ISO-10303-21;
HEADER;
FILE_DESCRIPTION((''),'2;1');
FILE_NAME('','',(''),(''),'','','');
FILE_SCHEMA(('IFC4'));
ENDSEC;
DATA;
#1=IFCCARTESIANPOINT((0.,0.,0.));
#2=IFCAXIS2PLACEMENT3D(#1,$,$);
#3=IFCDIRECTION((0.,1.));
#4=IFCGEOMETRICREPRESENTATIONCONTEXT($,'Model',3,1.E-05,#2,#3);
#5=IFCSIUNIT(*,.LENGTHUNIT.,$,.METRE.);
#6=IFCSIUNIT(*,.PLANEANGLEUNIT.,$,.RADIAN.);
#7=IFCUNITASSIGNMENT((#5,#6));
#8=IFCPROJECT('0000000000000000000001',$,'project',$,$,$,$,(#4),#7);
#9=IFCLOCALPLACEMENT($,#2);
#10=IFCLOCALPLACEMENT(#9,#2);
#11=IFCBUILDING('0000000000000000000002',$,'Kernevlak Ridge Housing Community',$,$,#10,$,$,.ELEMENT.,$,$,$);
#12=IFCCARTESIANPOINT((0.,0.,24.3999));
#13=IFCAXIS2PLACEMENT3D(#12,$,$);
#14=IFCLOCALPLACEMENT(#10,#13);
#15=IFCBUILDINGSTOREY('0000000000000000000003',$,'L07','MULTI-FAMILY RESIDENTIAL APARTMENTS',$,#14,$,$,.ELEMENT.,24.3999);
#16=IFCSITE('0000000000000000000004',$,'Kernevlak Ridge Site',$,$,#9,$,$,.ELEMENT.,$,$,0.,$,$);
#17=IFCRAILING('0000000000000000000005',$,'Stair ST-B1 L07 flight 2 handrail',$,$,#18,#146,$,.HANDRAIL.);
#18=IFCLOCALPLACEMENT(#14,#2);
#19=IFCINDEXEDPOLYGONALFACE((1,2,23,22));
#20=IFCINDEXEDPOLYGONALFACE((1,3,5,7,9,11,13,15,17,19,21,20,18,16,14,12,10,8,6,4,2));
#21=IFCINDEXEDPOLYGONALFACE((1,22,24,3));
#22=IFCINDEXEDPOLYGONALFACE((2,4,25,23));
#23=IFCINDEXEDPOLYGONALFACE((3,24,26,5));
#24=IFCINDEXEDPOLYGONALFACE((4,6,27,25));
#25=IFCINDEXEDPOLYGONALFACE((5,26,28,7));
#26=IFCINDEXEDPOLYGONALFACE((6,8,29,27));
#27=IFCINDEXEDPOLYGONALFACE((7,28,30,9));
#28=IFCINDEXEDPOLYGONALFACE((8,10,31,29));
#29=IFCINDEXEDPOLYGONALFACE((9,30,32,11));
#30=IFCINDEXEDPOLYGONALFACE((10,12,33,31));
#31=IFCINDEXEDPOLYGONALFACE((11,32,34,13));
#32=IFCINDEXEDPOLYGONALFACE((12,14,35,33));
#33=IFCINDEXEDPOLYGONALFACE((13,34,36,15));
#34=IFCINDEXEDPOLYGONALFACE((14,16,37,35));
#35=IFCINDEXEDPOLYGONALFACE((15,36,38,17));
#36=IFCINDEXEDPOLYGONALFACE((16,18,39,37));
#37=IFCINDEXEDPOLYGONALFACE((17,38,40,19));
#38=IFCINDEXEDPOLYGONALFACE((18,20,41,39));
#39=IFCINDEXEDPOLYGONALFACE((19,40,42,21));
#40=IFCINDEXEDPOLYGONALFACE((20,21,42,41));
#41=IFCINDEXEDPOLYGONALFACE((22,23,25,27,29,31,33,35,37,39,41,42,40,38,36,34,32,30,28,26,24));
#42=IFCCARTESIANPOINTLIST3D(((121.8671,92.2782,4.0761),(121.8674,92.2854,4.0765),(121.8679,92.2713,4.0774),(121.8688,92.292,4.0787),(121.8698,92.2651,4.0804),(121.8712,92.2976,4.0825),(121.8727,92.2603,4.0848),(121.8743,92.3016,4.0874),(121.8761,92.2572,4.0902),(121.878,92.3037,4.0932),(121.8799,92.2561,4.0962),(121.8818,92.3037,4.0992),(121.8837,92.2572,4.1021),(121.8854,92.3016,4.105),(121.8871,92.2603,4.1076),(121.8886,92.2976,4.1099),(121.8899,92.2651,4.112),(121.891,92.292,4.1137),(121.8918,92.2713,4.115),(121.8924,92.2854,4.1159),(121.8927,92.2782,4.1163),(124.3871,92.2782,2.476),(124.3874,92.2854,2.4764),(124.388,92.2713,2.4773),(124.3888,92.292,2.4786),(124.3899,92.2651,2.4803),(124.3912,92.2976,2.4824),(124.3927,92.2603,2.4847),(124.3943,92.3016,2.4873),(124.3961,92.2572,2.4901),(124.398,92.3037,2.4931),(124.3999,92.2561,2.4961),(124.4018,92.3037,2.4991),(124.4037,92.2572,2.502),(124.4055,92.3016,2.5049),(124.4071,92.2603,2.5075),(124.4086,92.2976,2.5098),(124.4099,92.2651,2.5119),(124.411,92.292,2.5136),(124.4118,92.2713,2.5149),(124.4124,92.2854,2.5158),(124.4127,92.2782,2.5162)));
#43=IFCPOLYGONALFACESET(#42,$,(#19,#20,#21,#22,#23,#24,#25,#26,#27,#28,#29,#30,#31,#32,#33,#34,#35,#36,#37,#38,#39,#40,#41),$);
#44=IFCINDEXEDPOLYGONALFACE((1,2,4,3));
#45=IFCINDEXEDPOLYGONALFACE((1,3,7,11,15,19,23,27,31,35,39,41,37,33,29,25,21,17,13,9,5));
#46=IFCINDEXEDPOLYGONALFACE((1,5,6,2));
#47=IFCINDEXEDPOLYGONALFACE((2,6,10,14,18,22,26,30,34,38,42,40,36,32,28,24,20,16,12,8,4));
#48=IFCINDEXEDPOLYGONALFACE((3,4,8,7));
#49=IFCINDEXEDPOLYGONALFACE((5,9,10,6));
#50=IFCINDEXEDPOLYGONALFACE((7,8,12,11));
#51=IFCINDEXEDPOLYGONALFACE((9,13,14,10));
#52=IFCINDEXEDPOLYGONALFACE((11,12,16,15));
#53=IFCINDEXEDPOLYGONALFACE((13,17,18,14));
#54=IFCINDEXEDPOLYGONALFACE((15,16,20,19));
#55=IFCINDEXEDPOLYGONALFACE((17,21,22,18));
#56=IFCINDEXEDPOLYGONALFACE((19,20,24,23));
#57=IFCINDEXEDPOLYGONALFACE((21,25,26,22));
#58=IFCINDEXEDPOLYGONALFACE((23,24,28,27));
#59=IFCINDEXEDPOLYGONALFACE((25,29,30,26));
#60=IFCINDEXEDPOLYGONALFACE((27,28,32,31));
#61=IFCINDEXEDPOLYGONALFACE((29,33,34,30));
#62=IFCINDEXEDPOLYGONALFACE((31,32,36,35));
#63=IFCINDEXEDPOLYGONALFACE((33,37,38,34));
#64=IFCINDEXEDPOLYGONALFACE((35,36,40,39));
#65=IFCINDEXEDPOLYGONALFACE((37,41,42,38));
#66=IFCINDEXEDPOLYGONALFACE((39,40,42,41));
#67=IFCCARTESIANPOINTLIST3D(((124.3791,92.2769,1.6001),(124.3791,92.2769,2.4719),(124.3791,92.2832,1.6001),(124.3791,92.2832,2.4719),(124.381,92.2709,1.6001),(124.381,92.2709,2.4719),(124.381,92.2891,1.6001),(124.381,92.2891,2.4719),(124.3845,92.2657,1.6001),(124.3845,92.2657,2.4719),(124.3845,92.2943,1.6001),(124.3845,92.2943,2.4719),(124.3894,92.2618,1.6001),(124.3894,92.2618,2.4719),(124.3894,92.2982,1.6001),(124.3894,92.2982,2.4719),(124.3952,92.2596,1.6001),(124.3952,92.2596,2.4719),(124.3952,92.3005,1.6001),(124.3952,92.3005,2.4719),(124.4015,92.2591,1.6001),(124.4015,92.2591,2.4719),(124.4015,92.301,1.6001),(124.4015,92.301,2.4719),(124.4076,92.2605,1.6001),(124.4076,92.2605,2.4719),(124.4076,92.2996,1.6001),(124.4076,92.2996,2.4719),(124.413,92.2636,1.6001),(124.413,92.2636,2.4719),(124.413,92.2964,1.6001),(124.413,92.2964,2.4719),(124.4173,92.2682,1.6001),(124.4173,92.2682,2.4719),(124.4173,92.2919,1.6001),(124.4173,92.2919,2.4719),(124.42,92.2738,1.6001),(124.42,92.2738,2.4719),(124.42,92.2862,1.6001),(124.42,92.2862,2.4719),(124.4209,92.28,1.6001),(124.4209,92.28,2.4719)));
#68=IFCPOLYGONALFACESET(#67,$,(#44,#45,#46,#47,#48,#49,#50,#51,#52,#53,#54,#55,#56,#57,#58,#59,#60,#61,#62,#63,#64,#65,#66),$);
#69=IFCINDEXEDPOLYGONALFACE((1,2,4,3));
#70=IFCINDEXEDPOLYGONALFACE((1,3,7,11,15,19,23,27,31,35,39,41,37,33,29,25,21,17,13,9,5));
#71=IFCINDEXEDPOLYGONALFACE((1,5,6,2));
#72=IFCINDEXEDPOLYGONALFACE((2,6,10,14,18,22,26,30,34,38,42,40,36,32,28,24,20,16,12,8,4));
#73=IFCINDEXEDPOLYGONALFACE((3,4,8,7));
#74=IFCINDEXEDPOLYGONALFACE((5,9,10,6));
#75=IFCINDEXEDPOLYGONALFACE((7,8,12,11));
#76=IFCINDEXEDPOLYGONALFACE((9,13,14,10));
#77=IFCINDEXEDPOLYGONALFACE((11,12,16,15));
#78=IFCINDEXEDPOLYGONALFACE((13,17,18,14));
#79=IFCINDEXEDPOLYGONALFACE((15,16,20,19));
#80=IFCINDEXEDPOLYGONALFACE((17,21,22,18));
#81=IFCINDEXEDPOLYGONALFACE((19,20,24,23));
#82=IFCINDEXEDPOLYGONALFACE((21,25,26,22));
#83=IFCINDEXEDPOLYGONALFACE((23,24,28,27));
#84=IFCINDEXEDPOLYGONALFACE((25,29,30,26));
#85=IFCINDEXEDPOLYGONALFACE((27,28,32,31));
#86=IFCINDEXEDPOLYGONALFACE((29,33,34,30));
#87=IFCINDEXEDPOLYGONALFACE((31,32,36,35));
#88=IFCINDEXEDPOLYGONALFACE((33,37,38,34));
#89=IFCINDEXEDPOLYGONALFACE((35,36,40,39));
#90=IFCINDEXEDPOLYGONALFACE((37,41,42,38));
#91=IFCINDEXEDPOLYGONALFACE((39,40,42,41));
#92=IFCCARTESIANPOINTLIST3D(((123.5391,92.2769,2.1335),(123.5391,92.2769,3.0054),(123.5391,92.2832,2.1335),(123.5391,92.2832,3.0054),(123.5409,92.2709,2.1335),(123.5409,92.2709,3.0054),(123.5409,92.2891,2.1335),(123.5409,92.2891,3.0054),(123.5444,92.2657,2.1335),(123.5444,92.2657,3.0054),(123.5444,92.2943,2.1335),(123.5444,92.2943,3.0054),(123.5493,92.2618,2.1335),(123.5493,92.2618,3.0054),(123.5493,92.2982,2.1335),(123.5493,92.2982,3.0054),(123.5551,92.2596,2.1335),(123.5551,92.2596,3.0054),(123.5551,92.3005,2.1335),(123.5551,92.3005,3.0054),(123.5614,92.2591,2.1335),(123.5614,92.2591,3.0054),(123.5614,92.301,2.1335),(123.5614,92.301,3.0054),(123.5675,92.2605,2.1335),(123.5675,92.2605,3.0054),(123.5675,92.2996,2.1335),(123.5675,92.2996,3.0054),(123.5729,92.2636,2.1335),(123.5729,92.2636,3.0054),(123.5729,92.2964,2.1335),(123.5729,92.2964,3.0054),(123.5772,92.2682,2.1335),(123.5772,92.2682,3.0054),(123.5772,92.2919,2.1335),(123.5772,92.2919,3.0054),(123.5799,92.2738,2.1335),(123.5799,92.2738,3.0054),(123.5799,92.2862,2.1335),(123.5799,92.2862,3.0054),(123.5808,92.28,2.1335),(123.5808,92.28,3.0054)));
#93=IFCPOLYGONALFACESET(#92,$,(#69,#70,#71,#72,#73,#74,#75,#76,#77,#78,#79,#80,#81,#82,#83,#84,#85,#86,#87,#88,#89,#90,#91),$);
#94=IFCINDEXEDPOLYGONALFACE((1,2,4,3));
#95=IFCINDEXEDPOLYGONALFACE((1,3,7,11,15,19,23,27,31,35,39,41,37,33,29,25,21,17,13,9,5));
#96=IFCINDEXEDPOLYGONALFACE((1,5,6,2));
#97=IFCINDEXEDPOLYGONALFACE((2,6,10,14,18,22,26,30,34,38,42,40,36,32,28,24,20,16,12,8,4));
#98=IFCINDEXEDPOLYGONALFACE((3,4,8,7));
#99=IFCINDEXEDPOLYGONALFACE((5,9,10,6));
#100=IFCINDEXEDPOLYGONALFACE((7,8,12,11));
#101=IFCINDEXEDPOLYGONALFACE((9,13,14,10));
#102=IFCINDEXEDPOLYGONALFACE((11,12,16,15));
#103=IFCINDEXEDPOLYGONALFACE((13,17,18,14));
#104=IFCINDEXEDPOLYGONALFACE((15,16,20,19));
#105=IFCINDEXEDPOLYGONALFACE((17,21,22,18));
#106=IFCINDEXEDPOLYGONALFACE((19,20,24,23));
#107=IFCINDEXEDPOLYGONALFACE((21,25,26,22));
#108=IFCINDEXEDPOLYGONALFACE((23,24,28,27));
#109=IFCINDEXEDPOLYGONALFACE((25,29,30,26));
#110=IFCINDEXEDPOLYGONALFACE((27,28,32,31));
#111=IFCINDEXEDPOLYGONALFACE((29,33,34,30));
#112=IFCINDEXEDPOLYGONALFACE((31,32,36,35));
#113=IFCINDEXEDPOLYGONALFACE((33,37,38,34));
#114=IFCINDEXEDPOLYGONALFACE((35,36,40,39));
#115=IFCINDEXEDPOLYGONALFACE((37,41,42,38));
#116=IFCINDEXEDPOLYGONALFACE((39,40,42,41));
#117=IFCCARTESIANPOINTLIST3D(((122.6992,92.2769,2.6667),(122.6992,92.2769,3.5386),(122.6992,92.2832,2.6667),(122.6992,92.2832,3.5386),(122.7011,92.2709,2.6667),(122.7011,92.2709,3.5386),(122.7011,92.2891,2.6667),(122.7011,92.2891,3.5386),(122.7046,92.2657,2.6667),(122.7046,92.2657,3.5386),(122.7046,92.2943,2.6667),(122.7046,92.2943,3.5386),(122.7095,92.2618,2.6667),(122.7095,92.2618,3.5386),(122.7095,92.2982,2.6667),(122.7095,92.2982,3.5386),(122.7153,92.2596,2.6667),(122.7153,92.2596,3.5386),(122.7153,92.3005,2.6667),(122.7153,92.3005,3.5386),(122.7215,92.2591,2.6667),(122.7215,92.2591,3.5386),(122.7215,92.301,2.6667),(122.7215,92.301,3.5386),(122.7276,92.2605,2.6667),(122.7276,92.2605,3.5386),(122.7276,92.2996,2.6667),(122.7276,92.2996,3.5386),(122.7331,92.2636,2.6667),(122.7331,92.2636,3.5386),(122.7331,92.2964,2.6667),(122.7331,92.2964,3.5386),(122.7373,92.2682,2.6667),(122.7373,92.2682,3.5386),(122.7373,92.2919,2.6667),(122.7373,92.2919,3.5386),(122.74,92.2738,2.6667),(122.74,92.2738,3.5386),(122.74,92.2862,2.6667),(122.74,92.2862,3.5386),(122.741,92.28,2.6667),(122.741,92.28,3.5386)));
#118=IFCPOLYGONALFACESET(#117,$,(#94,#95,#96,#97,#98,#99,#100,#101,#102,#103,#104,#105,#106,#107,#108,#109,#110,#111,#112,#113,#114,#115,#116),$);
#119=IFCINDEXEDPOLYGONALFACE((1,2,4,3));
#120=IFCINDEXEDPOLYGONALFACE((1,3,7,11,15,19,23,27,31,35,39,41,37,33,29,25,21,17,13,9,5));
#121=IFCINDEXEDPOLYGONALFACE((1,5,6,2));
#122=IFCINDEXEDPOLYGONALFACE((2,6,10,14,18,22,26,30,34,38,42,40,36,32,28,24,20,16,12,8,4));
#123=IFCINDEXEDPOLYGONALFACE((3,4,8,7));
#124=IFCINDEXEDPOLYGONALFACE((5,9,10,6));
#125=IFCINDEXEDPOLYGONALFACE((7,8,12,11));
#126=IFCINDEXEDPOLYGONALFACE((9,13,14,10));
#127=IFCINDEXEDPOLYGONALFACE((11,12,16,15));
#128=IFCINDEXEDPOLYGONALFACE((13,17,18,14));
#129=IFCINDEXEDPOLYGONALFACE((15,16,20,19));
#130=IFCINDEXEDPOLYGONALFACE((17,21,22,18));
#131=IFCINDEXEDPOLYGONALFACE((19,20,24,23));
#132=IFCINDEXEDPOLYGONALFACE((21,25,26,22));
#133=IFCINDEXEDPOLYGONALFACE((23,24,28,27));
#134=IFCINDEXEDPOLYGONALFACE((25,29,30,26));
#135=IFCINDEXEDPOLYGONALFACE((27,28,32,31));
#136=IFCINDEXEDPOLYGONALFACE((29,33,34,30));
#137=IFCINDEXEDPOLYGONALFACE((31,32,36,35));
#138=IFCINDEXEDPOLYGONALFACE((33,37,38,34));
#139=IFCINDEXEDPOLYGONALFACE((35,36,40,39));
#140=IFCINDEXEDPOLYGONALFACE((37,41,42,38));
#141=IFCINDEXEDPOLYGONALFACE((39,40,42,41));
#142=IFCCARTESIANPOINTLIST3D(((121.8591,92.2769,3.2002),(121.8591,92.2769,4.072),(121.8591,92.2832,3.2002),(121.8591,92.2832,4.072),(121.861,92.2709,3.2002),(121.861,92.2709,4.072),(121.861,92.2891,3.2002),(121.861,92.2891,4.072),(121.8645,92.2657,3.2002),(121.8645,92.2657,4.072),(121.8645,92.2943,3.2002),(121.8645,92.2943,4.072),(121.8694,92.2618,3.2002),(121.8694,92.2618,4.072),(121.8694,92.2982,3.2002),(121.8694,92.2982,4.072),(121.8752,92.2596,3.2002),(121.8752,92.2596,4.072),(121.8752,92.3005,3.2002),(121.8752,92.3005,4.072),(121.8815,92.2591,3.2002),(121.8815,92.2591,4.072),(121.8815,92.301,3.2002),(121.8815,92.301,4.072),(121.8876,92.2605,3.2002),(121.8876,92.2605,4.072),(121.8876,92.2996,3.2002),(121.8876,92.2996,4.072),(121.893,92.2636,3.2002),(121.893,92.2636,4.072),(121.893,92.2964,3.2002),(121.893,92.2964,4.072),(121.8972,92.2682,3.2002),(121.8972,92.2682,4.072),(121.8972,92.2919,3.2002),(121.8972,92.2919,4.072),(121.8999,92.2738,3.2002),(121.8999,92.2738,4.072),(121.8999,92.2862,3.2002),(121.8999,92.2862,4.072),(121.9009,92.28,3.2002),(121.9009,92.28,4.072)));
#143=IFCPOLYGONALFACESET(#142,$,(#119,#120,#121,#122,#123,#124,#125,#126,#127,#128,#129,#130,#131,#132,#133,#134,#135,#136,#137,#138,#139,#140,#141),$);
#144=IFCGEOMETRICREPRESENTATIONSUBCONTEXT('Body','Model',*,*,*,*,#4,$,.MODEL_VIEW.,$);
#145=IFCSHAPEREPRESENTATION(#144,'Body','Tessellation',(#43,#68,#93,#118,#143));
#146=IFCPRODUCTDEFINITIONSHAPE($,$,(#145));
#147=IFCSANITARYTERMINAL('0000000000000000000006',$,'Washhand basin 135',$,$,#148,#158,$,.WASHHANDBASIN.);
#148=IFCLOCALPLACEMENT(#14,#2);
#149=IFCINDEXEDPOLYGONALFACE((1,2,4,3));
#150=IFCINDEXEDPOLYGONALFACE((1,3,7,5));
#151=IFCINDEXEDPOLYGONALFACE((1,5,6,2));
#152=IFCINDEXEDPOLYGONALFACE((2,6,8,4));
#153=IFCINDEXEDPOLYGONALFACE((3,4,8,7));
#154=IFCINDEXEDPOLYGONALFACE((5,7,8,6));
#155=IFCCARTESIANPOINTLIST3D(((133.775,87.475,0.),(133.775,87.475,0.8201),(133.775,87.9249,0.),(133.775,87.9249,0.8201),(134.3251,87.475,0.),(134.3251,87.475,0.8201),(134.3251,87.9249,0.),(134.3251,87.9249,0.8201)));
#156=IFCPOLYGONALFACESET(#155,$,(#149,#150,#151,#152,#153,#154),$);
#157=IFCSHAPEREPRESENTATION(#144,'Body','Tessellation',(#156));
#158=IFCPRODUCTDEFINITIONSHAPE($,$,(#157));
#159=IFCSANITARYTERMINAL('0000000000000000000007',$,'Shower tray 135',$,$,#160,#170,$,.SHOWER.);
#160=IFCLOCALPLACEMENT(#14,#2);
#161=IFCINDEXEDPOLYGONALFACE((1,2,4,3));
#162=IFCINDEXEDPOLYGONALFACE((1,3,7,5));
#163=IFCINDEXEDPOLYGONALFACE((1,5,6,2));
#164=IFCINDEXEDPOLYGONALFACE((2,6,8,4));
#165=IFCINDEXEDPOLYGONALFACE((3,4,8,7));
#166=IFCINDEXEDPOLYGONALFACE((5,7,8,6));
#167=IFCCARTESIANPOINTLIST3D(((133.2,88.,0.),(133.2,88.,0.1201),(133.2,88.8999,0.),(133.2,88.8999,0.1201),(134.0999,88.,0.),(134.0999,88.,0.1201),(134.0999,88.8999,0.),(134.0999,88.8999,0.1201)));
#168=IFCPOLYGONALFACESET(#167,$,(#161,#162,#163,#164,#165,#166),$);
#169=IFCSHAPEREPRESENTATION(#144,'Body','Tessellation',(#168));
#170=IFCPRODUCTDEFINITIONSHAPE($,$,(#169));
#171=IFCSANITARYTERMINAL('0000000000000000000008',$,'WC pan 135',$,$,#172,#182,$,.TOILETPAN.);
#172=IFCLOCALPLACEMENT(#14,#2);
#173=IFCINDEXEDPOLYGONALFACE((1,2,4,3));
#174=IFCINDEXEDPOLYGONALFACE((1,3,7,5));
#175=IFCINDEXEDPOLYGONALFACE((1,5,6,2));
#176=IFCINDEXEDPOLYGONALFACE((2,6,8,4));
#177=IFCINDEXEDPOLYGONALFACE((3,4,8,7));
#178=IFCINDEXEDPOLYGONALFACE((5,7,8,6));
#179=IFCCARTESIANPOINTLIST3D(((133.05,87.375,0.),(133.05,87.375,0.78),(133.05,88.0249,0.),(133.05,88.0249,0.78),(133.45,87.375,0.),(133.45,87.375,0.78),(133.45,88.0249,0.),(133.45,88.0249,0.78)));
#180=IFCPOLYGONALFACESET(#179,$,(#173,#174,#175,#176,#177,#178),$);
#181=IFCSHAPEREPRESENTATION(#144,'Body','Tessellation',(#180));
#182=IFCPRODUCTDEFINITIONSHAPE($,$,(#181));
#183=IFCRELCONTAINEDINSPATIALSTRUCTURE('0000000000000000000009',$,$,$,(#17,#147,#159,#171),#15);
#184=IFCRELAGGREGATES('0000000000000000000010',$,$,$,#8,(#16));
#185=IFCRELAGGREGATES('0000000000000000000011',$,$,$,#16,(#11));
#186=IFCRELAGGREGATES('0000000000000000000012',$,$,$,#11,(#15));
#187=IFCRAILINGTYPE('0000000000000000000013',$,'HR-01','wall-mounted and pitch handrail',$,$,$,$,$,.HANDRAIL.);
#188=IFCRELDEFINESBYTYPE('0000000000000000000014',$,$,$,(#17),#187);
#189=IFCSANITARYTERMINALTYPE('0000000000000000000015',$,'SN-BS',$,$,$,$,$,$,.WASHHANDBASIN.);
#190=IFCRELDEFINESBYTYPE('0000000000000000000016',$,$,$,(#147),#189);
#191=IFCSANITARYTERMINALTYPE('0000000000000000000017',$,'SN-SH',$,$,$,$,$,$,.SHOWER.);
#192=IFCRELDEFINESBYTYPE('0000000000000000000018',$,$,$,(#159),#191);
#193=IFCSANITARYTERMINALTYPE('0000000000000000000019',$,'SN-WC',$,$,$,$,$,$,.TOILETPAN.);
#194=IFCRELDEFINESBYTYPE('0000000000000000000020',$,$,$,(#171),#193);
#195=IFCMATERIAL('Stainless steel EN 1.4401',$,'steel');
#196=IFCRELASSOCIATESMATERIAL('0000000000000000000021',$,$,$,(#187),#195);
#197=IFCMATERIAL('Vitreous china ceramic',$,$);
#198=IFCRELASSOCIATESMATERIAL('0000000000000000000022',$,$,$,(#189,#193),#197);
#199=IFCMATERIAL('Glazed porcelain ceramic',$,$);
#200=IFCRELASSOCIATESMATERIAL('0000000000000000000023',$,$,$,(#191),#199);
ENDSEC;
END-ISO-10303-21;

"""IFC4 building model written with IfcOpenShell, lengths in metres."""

from ifc_helpers import new_model, si_unit, direction, frame, origin, origin_2d, place, context, subcontext, project, spatial, rectangle, circle, extrude, material, type_object, element, save


model = new_model("IFC4")

# Units and contexts
model_context = context("Model", 3, precision=1e-05, world=origin(), true_north=direction((0.0, 1.0)))
body_context = subcontext(model_context, "Body", "Model", "MODEL_VIEW")
ifc_project = project(units=[si_unit("LENGTHUNIT", "METRE"), si_unit("PLANEANGLEUNIT", "RADIAN")], contexts=[model_context])

# Site, building, storey
site_placement = place(None, origin())
site = spatial("IfcSite", under=ifc_project, at=site_placement, Name="Kernevlak Ridge Site", CompositionType="ELEMENT", RefElevation=0.0)
building_placement = place(site_placement, origin())
building = spatial("IfcBuilding", under=site, at=building_placement, Name="Kernevlak Ridge Housing Community", CompositionType="ELEMENT")
storey_placement = place(building_placement, frame((0.0, 0.0, 24.3999)))
storey = spatial("IfcBuildingStorey", under=building, at=storey_placement, Name="L07", Description="MULTI-FAMILY RESIDENTIAL APARTMENTS", CompositionType="ELEMENT", Elevation=24.3999)

# Shared definitions
ifc_material_1 = material(Name="Stainless steel EN 1.4401", Category="steel")

# Railing
railing_type_1 = type_object("IfcRailingType", Name="HR-01", Description="wall-mounted and pitch handrail", PredefinedType="HANDRAIL", material=ifc_material_1)
railing_1_placement = place(storey_placement, frame((124.3999, 92.28, 1.6001)))
element("IfcRailing", 1, at=railing_1_placement, inside=storey, type_object=railing_type_1, Name="Stair ST-B1 L07 flight 2 handrail", PredefinedType="HANDRAIL", context=body_context, shape_type="SweptSolid", body=[
    extrude(circle(Radius=0.0239, at=origin_2d()), frame((0.0, 0.0, 0.896), z_axis=(-0.8442, 0.0, 0.536028), x_axis=(0.0, -1.0, 0.0)), (0.0, 0.0, 1.0), 2.9851),
    extrude(circle(Radius=0.021, at=origin_2d()), origin(), (0.0, 0.0, 1.0), 0.8718),
    extrude(circle(Radius=0.021, at=origin_2d()), frame((-0.8401, 0.0, 0.5334)), (0.0, 0.0, 1.0), 0.8718),
    extrude(circle(Radius=0.021, at=origin_2d()), frame((-1.6799, 0.0, 1.0667)), (0.0, 0.0, 1.0), 0.8718),
    extrude(circle(Radius=0.021, at=origin_2d()), frame((-2.52, 0.0, 1.6001)), (0.0, 0.0, 1.0), 0.8718),
])

# Sanitary terminals
ifc_material_2 = material(Name="Vitreous china ceramic")
sanitary_terminal_type_1 = type_object("IfcSanitaryTerminalType", Name="SN-BS", PredefinedType="WASHHANDBASIN", material=ifc_material_2)
sanitary_terminal_1_placement = place(storey_placement, frame((134.05, 87.7, 0.0), z_axis=(0.0, 0.0, 1.0), x_axis=(1.0, 0.0, 0.0)))
element("IfcSanitaryTerminal", 2, at=sanitary_terminal_1_placement, inside=storey, type_object=sanitary_terminal_type_1, Name="Washhand basin 135", PredefinedType="WASHHANDBASIN", context=body_context, shape_type="SweptSolid", body=[
    extrude(rectangle(XDim=0.55, YDim=0.45, at=origin_2d()), origin(), (0.0, 0.0, 1.0), 0.8201),
])
ifc_material_3 = material(Name="Glazed porcelain ceramic")
sanitary_terminal_type_2 = type_object("IfcSanitaryTerminalType", Name="SN-SH", PredefinedType="SHOWER", material=ifc_material_3)
sanitary_terminal_2_placement = place(storey_placement, frame((133.6499, 88.45, 0.0), z_axis=(0.0, 0.0, 1.0), x_axis=(1.0, 0.0, 0.0)))
element("IfcSanitaryTerminal", 3, at=sanitary_terminal_2_placement, inside=storey, type_object=sanitary_terminal_type_2, Name="Shower tray 135", PredefinedType="SHOWER", context=body_context, shape_type="SweptSolid", body=[
    extrude(rectangle(XDim=0.8999, YDim=0.8999, at=origin_2d()), origin(), (0.0, 0.0, 1.0), 0.1201),
])
sanitary_terminal_type_3 = type_object("IfcSanitaryTerminalType", Name="SN-WC", PredefinedType="TOILETPAN", material=ifc_material_2)
sanitary_terminal_3_placement = place(storey_placement, frame((133.25, 87.7, 0.0), z_axis=(0.0, 0.0, 1.0), x_axis=(1.0, 0.0, 0.0)))
element("IfcSanitaryTerminal", 4, at=sanitary_terminal_3_placement, inside=storey, type_object=sanitary_terminal_type_3, Name="WC pan 135", PredefinedType="TOILETPAN", context=body_context, shape_type="SweptSolid", body=[
    extrude(rectangle(XDim=0.3999, YDim=0.6499, at=origin_2d()), origin(), (0.0, 0.0, 1.0), 0.78),
])

save(model, "model.ifc")
